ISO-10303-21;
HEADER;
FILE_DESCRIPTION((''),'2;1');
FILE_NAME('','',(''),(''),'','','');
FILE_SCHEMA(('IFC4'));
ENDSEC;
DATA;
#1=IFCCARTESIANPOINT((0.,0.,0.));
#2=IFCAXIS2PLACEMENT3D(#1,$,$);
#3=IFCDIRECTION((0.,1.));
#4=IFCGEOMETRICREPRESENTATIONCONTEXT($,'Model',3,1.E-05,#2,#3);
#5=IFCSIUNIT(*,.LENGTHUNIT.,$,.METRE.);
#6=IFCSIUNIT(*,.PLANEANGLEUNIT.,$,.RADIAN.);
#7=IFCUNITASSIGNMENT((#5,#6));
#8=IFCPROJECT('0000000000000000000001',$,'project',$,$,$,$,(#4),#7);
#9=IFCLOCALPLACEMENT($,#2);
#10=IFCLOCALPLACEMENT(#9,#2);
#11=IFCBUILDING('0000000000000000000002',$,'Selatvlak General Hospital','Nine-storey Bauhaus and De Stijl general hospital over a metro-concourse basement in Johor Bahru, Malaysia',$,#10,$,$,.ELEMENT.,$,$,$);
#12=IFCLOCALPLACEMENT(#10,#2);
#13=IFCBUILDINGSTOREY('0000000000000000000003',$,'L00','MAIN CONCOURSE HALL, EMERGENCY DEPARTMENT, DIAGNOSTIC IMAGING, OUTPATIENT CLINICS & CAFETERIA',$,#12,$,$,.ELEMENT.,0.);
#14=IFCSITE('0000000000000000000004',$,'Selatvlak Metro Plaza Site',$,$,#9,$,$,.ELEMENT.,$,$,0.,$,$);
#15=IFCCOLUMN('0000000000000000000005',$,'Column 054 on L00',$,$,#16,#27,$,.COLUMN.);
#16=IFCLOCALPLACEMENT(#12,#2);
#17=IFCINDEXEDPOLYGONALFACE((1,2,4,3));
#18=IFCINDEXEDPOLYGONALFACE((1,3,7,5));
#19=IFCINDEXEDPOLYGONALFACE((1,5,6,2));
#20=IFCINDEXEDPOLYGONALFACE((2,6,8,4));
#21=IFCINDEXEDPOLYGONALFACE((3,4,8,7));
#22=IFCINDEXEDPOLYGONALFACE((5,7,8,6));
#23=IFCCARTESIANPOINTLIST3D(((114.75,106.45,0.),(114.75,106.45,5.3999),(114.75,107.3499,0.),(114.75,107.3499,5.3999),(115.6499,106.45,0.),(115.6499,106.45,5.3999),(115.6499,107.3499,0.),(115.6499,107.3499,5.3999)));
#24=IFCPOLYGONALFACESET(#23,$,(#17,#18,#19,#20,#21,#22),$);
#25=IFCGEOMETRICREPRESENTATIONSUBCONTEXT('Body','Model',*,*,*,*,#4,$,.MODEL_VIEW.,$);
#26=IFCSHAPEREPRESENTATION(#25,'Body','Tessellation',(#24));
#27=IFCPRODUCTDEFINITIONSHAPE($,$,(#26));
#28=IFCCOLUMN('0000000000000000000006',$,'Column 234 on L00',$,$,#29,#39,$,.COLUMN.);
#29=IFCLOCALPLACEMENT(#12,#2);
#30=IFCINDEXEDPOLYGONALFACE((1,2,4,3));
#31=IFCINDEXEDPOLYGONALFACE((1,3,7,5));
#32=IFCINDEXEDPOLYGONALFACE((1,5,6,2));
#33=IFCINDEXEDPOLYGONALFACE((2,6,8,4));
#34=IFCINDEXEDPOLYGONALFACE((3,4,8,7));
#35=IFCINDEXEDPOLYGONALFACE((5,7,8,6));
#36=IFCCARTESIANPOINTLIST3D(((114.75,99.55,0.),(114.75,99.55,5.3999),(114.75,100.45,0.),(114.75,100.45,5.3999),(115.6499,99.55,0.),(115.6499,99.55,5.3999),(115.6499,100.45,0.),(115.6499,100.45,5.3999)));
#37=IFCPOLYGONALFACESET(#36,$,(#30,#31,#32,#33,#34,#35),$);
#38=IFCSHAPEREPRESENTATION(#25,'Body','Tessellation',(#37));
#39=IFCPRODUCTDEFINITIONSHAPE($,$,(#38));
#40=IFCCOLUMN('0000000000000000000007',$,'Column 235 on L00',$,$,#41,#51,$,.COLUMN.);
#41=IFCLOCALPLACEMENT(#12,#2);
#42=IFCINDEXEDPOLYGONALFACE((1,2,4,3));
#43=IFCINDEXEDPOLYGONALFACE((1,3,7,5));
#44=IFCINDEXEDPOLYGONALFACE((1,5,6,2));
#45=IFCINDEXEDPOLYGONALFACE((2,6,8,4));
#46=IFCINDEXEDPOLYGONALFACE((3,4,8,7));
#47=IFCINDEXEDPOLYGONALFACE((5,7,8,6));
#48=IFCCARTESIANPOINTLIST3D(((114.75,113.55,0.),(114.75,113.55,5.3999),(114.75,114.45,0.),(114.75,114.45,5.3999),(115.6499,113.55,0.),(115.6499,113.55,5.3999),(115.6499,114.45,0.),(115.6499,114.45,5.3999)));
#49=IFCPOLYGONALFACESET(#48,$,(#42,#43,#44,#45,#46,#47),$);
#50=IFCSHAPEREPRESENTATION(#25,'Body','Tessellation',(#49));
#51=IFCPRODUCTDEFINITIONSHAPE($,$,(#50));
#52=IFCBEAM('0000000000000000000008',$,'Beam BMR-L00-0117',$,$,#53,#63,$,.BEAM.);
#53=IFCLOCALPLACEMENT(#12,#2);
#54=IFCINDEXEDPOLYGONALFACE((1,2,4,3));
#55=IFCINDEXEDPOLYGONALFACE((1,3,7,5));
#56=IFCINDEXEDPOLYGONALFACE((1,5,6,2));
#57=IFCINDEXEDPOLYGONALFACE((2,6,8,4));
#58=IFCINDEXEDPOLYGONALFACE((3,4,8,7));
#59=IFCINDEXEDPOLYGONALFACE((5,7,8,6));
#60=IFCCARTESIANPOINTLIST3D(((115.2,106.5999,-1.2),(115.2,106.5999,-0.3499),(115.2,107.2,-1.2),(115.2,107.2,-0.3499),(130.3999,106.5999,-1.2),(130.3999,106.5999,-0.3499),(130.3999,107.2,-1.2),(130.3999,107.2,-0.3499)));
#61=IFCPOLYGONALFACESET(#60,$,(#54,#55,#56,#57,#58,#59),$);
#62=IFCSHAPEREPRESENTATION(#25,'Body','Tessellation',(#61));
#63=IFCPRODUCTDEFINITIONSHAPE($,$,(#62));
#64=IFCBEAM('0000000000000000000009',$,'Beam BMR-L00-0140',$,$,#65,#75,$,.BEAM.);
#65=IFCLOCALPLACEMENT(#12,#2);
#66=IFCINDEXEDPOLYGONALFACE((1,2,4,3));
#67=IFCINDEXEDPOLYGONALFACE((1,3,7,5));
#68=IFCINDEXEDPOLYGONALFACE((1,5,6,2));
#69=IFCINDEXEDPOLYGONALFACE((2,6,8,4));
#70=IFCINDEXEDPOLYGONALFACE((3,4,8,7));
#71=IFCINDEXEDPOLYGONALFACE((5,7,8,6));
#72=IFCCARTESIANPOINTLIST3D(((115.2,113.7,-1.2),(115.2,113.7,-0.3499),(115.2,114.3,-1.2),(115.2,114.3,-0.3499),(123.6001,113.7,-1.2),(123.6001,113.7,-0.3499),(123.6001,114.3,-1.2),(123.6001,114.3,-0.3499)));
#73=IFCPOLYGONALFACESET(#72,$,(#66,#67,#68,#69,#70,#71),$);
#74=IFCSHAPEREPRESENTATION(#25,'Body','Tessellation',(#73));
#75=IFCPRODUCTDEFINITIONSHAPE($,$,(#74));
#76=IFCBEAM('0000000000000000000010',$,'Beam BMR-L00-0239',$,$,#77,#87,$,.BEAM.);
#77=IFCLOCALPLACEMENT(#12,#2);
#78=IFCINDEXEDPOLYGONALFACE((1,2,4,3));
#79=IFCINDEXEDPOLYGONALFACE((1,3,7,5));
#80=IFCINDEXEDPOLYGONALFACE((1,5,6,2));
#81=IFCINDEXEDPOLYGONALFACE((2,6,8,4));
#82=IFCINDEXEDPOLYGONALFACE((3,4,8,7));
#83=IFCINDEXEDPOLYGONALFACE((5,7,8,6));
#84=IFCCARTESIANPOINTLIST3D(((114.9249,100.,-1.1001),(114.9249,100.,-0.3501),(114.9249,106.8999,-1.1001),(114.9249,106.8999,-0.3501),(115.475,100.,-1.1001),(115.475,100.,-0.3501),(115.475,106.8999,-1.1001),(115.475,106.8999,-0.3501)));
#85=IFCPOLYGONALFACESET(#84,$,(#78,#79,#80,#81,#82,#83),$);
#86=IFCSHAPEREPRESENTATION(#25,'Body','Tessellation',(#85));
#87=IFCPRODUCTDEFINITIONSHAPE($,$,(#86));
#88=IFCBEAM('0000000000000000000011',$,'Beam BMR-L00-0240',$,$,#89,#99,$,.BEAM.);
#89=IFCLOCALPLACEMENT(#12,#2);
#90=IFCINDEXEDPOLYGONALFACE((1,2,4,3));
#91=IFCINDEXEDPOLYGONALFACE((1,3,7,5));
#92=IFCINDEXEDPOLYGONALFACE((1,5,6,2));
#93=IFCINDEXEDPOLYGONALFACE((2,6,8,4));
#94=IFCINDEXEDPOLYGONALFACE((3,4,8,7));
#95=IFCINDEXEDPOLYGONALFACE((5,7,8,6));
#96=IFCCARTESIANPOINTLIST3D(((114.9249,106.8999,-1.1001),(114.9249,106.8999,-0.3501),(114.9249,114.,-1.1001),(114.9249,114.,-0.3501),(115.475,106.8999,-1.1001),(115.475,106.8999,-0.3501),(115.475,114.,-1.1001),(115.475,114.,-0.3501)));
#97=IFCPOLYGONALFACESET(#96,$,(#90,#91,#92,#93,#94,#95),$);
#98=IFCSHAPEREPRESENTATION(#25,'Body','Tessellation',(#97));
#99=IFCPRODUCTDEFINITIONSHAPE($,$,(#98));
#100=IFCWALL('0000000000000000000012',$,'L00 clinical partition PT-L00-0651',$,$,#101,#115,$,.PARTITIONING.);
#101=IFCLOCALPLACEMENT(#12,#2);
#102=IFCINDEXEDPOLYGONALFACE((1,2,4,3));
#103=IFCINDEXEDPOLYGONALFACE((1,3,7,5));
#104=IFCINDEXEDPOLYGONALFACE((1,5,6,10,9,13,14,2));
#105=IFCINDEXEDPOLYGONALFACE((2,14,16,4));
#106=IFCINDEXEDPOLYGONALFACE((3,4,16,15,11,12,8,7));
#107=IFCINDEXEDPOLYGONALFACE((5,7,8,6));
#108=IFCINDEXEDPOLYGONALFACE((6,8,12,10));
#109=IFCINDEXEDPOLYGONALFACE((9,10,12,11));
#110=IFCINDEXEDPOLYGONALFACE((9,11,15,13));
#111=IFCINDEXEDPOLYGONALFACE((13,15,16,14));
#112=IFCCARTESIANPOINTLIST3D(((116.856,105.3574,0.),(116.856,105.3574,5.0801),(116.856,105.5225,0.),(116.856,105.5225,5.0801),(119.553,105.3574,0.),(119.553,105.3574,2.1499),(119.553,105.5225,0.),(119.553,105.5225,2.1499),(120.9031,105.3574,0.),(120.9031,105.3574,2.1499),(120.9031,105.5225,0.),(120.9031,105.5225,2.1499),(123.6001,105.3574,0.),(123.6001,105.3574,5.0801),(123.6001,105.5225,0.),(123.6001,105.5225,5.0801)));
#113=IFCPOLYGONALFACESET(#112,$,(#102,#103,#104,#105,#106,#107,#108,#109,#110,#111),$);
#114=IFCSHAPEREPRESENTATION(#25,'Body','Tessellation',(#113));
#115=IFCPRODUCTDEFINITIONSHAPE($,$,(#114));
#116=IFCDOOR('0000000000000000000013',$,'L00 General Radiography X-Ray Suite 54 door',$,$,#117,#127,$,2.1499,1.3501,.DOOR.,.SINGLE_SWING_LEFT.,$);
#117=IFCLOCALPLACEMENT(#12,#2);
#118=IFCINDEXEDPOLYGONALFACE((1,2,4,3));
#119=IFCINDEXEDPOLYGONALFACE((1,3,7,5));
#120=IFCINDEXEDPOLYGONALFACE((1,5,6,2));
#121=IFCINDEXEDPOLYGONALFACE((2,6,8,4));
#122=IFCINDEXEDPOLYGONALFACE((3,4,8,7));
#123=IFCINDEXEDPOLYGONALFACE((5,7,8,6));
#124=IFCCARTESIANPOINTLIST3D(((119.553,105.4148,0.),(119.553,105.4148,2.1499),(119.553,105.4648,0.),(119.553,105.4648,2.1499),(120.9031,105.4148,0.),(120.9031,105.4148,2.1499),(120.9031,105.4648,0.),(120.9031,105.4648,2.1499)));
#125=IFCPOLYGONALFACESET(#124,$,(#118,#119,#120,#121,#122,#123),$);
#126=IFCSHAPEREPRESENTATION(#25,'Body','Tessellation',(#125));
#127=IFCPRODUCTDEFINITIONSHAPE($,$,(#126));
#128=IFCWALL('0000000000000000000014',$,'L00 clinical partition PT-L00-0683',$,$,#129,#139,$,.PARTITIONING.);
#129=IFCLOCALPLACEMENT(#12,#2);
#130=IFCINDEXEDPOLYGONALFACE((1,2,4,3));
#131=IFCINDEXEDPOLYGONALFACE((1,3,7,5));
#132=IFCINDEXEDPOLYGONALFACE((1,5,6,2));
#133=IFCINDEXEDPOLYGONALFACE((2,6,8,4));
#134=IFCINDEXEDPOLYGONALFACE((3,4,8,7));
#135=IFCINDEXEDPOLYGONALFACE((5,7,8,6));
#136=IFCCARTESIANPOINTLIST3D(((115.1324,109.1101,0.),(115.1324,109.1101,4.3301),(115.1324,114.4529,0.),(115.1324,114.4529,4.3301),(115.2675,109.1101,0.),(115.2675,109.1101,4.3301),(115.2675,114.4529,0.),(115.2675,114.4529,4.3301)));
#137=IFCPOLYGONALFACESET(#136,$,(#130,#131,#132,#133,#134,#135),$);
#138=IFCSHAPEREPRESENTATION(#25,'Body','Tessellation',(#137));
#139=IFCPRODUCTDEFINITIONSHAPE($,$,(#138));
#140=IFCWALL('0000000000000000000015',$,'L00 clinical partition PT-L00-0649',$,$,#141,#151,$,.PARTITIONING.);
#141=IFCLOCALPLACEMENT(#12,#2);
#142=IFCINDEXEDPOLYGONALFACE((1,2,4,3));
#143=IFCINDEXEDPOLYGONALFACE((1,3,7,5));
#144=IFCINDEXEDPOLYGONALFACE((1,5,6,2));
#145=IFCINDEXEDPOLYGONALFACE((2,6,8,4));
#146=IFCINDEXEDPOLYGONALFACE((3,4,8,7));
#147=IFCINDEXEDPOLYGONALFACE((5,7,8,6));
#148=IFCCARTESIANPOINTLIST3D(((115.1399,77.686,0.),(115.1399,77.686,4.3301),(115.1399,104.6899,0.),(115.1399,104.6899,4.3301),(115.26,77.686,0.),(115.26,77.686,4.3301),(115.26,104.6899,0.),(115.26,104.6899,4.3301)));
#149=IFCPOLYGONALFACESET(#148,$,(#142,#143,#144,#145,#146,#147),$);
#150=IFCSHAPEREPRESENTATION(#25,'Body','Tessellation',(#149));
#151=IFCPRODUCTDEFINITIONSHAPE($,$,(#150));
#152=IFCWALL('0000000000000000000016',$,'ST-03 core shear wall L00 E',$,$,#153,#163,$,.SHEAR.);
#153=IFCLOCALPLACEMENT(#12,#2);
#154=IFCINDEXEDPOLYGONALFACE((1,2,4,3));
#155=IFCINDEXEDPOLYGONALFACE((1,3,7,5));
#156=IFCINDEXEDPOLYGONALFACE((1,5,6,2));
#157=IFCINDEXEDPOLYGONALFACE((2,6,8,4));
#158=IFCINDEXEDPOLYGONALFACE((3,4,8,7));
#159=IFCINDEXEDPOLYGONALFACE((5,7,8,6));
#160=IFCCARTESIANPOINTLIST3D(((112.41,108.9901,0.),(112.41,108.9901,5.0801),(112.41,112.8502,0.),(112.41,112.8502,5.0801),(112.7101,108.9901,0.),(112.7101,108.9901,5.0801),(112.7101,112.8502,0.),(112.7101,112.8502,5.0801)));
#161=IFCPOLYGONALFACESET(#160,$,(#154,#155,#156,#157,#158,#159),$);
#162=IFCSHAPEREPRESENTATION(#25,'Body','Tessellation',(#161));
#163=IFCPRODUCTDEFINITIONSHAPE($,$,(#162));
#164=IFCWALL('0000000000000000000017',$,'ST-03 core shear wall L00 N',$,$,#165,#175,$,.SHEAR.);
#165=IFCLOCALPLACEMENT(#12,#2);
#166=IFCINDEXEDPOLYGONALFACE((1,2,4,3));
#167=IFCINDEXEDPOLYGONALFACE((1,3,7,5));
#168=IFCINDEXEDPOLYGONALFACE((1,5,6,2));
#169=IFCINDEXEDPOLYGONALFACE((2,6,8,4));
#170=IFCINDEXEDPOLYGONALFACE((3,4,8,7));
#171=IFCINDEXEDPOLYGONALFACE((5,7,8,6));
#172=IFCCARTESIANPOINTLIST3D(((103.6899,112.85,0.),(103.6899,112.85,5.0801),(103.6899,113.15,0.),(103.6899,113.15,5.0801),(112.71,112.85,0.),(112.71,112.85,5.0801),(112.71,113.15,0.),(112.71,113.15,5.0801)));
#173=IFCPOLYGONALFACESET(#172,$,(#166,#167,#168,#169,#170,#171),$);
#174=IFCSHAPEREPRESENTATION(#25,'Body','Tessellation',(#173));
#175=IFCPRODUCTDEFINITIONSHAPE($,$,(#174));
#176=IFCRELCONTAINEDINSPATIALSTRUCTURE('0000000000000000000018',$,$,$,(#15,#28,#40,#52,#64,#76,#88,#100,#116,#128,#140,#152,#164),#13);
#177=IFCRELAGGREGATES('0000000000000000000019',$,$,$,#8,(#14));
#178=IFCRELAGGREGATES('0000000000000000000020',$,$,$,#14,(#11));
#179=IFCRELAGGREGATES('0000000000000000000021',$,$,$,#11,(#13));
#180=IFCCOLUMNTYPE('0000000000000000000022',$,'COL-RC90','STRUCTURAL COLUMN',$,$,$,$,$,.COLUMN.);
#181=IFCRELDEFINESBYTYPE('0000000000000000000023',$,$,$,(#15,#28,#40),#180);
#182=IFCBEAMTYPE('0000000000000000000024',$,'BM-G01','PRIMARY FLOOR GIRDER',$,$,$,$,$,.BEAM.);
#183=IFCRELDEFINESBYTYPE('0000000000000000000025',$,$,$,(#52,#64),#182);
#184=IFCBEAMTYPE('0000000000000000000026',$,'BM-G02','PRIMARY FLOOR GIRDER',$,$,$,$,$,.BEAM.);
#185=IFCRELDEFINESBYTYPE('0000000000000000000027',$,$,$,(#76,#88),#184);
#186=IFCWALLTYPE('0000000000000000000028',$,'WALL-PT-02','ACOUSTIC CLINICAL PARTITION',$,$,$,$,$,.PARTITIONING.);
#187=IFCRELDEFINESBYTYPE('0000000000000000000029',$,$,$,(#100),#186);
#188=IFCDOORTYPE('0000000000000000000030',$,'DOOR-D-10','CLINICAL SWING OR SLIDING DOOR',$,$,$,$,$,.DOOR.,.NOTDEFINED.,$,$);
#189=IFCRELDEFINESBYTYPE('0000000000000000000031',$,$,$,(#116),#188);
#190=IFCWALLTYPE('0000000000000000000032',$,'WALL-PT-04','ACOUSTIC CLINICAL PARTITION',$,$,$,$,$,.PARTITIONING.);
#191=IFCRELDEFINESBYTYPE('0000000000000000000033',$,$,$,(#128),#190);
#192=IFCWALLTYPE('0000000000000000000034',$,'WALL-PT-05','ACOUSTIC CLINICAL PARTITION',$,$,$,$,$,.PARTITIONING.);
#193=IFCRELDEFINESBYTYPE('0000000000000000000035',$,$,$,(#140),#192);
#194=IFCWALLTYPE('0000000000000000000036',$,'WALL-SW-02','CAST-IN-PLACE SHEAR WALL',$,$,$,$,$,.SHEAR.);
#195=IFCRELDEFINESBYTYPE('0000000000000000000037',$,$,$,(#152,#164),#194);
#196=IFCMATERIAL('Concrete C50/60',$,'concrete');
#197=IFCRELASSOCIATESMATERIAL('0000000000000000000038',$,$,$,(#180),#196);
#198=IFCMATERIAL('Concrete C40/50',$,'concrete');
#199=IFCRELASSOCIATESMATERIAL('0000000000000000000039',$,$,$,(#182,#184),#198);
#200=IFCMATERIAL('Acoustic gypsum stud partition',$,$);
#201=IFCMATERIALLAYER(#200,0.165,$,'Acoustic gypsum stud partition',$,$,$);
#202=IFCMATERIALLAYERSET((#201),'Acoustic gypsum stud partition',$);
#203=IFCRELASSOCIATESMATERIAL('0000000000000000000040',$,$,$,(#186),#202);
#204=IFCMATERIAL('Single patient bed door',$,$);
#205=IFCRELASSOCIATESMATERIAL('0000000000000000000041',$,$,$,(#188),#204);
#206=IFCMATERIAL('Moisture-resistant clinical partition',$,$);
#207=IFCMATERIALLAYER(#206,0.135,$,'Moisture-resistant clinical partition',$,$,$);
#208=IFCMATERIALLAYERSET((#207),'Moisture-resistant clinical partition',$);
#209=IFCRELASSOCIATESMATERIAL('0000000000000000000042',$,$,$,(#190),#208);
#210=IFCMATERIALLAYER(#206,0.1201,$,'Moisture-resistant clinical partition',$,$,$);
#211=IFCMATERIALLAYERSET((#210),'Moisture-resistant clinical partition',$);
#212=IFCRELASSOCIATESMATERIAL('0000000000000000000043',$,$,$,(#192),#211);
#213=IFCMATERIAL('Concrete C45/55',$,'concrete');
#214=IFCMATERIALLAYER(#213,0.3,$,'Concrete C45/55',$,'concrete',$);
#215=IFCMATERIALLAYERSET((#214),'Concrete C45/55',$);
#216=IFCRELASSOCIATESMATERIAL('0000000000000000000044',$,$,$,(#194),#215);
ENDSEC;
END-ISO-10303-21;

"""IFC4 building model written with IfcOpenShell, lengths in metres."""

from ifc_helpers import new_model, si_unit, direction, frame, frame_2d, origin, origin_2d, place, context, subcontext, project, spatial, rectangle, extrude, material, layer, layer_set, material_profile, profile_set, type_object, element, fill, save


model = new_model("IFC4")

# Units and contexts
model_context = context("Model", 3, precision=1e-05, world=origin(), true_north=direction((0.0, 1.0)))
body_context = subcontext(model_context, "Body", "Model", "MODEL_VIEW")
ifc_project = project(units=[si_unit("LENGTHUNIT", "METRE"), si_unit("PLANEANGLEUNIT", "RADIAN")], contexts=[model_context])

# Site, building, storey
site_placement = place(None, origin())
site = spatial("IfcSite", under=ifc_project, at=site_placement, Name="Selatvlak Metro Plaza Site", CompositionType="ELEMENT", RefElevation=0.0)
building_placement = place(site_placement, origin())
building = spatial("IfcBuilding", under=site, at=building_placement, Name="Selatvlak General Hospital", Description="Nine-storey Bauhaus and De Stijl general hospital over a metro-concourse basement in Johor Bahru, Malaysia", CompositionType="ELEMENT")
storey_placement = place(building_placement, origin())
storey = spatial("IfcBuildingStorey", under=building, at=storey_placement, Name="L00", Description="MAIN CONCOURSE HALL, EMERGENCY DEPARTMENT, DIAGNOSTIC IMAGING, OUTPATIENT CLINICS & CAFETERIA", CompositionType="ELEMENT", Elevation=0.0)

# Columns
ifc_material_1 = material(Name="Concrete C50/60", Category="concrete")
ifc_material_profile_1 = material_profile(ifc_material_1, rectangle(XDim=0.8999, YDim=0.8999, at=origin_2d()), Name="RC-COL 900x900")
ifc_profile_set_1 = profile_set([ifc_material_profile_1], Name="Concrete C50/60")
column_type = type_object("IfcColumnType", Name="COL-RC90", Description="STRUCTURAL COLUMN", PredefinedType="COLUMN", material=ifc_profile_set_1)
for number, where, z_axis, x_axis, name in (
    (1, (115.2, 106.8999, 0.0), (0.0, 0.0, 1.0), (1.0, 0.0, 0.0), "Column 054 on L00"),
    (2, (115.2, 100.0, 0.0), (0.0, 0.0, 1.0), (1.0, 0.0, 0.0), "Column 234 on L00"),
    (3, (115.2, 114.0, 0.0), (0.0, 0.0, 1.0), (1.0, 0.0, 0.0), "Column 235 on L00"),
):
    element("IfcColumn", number, at=place(storey_placement, frame(where, z_axis=z_axis, x_axis=x_axis)), inside=storey, type_object=column_type, Name=name, PredefinedType="COLUMN", context=body_context, shape_type="SweptSolid", body=[
        extrude(rectangle(XDim=0.8999, YDim=0.8999, at=origin_2d()), origin(), (0.0, 0.0, 1.0), 5.3999),
    ])

# Beams
ifc_material_2 = material(Name="Concrete C40/50", Category="concrete")
ifc_material_profile_2 = material_profile(ifc_material_2, rectangle(XDim=0.6001, YDim=0.8501, at=origin_2d()), Name="RC-BM 600x850")
ifc_profile_set_2 = profile_set([ifc_material_profile_2], Name="Concrete C40/50")
beam_type_1 = type_object("IfcBeamType", Name="BM-G01", Description="PRIMARY FLOOR GIRDER", PredefinedType="BEAM", material=ifc_profile_set_2)
beam_1_placement = place(storey_placement, frame((115.2, 106.8999, -0.7749), z_axis=(1.0, 0.0, 0.0), x_axis=(0.0, 1.0, 0.0)))
element("IfcBeam", 4, at=beam_1_placement, inside=storey, type_object=beam_type_1, Name="Beam BMR-L00-0117", PredefinedType="BEAM", context=body_context, shape_type="SweptSolid", body=[
    extrude(rectangle(XDim=0.6001, YDim=0.8501, at=origin_2d()), origin(), (0.0, 0.0, 1.0), 15.2),
])
beam_2_placement = place(storey_placement, frame((115.2, 114.0, -0.7749), z_axis=(1.0, 0.0, 0.0), x_axis=(0.0, 1.0, 0.0)))
element("IfcBeam", 5, at=beam_2_placement, inside=storey, type_object=beam_type_1, Name="Beam BMR-L00-0140", PredefinedType="BEAM", context=body_context, shape_type="SweptSolid", body=[
    extrude(rectangle(XDim=0.6001, YDim=0.8501, at=origin_2d()), origin(), (0.0, 0.0, 1.0), 8.4001),
])
ifc_material_profile_3 = material_profile(ifc_material_2, rectangle(XDim=0.55, YDim=0.75, at=origin_2d()), Name="RC-BM 550x750")
ifc_profile_set_3 = profile_set([ifc_material_profile_3], Name="Concrete C40/50")
beam_type_2 = type_object("IfcBeamType", Name="BM-G02", Description="PRIMARY FLOOR GIRDER", PredefinedType="BEAM", material=ifc_profile_set_3)
beam_3_placement = place(storey_placement, frame((115.2, 100.0, -0.7251), z_axis=(0.0, 1.0, 0.0), x_axis=(-1.0, 0.0, 0.0)))
element("IfcBeam", 6, at=beam_3_placement, inside=storey, type_object=beam_type_2, Name="Beam BMR-L00-0239", PredefinedType="BEAM", context=body_context, shape_type="SweptSolid", body=[
    extrude(rectangle(XDim=0.55, YDim=0.75, at=origin_2d()), origin(), (0.0, 0.0, 1.0), 6.8999),
])
beam_4_placement = place(storey_placement, frame((115.2, 106.8999, -0.7251), z_axis=(0.0, 1.0, 0.0), x_axis=(-1.0, 0.0, 0.0)))
element("IfcBeam", 7, at=beam_4_placement, inside=storey, type_object=beam_type_2, Name="Beam BMR-L00-0240", PredefinedType="BEAM", context=body_context, shape_type="SweptSolid", body=[
    extrude(rectangle(XDim=0.55, YDim=0.75, at=origin_2d()), origin(), (0.0, 0.0, 1.0), 7.1001),
])

# Wall, opening, door
ifc_material_3 = material(Name="Acoustic gypsum stud partition")
ifc_layer_1 = layer(ifc_material_3, 0.165, Name="Acoustic gypsum stud partition")
ifc_layer_set_1 = layer_set([ifc_layer_1], Name="Acoustic gypsum stud partition")
wall_type_1 = type_object("IfcWallType", Name="WALL-PT-02", Description="ACOUSTIC CLINICAL PARTITION", PredefinedType="PARTITIONING", material=ifc_layer_set_1)
wall_1_placement = place(storey_placement, frame((116.856, 105.4399, 0.0), z_axis=(0.0, 0.0, 1.0), x_axis=(1.0, 0.0, 0.0)))
wall_1 = element("IfcWall", 8, at=wall_1_placement, inside=storey, type_object=wall_type_1, Name="L00 clinical partition PT-L00-0651", PredefinedType="PARTITIONING", context=body_context, shape_type="SweptSolid", body=[
    extrude(rectangle(XDim=6.7441, YDim=0.165, at=frame_2d((3.3721, 0.0))), origin(), (0.0, 0.0, 1.0), 5.0801),
])
opening_1_placement = place(wall_1_placement, frame((2.697, 0.0, 0.0)))
opening_1 = element("IfcOpeningElement", 9, at=opening_1_placement, cuts=wall_1, PredefinedType="OPENING", context=body_context, shape_type="SweptSolid", body=[
    extrude(rectangle(XDim=1.3501, YDim=2.1499, at=frame_2d((0.675, 1.075))), frame((0.0, 0.0925, 0.0), z_axis=(0.0, -1.0, 0.0), x_axis=(1.0, 0.0, 0.0)), (0.0, 0.0, 1.0), 0.1851),
])
ifc_material_4 = material(Name="Single patient bed door")
door_type_1 = type_object("IfcDoorType", Name="DOOR-D-10", Description="CLINICAL SWING OR SLIDING DOOR", OperationType="NOTDEFINED", PredefinedType="DOOR", material=ifc_material_4)
door_1_placement = place(opening_1_placement, origin())
door_1 = element("IfcDoor", 10, at=door_1_placement, inside=storey, type_object=door_type_1, Name="L00 General Radiography X-Ray Suite 54 door", OperationType="SINGLE_SWING_LEFT", OverallHeight=2.1499, OverallWidth=1.3501, PredefinedType="DOOR", context=body_context, shape_type="SweptSolid", body=[
    extrude(rectangle(XDim=1.3501, YDim=2.1499, at=frame_2d((0.675, 1.075))), frame((0.0, 0.0249, 0.0), z_axis=(0.0, -1.0, 0.0), x_axis=(1.0, 0.0, 0.0)), (0.0, 0.0, 1.0), 0.05),
])
fill(opening_1, door_1)

# Walls
ifc_material_5 = material(Name="Moisture-resistant clinical partition")
ifc_layer_2 = layer(ifc_material_5, 0.135, Name="Moisture-resistant clinical partition")
ifc_layer_set_2 = layer_set([ifc_layer_2], Name="Moisture-resistant clinical partition")
wall_type_2 = type_object("IfcWallType", Name="WALL-PT-04", Description="ACOUSTIC CLINICAL PARTITION", PredefinedType="PARTITIONING", material=ifc_layer_set_2)
wall_2_placement = place(storey_placement, frame((115.2, 114.4529, 0.0), z_axis=(0.0, 0.0, 1.0), x_axis=(0.0, -1.0, 0.0)))
element("IfcWall", 11, at=wall_2_placement, inside=storey, type_object=wall_type_2, Name="L00 clinical partition PT-L00-0683", PredefinedType="PARTITIONING", context=body_context, shape_type="SweptSolid", body=[
    extrude(rectangle(XDim=5.3428, YDim=0.135, at=frame_2d((2.6714, 0.0))), origin(), (0.0, 0.0, 1.0), 4.3301),
])
ifc_layer_3 = layer(ifc_material_5, 0.1201, Name="Moisture-resistant clinical partition")
ifc_layer_set_3 = layer_set([ifc_layer_3], Name="Moisture-resistant clinical partition")
wall_type_3 = type_object("IfcWallType", Name="WALL-PT-05", Description="ACOUSTIC CLINICAL PARTITION", PredefinedType="PARTITIONING", material=ifc_layer_set_3)
wall_3_placement = place(storey_placement, frame((115.2, 104.6899, 0.0), z_axis=(0.0, 0.0, 1.0), x_axis=(0.0, -1.0, 0.0)))
element("IfcWall", 12, at=wall_3_placement, inside=storey, type_object=wall_type_3, Name="L00 clinical partition PT-L00-0649", PredefinedType="PARTITIONING", context=body_context, shape_type="SweptSolid", body=[
    extrude(rectangle(XDim=27.0039, YDim=0.1201, at=frame_2d((13.502, 0.0))), origin(), (0.0, 0.0, 1.0), 4.3301),
])
ifc_material_6 = material(Name="Concrete C45/55", Category="concrete")
ifc_layer_4 = layer(ifc_material_6, 0.3, Name="Concrete C45/55", Category="concrete")
ifc_layer_set_4 = layer_set([ifc_layer_4], Name="Concrete C45/55")
wall_type_4 = type_object("IfcWallType", Name="WALL-SW-02", Description="CAST-IN-PLACE SHEAR WALL", PredefinedType="SHEAR", material=ifc_layer_set_4)
wall_4_placement = place(storey_placement, frame((112.5601, 108.99, 0.0), z_axis=(0.0, 0.0, 1.0), x_axis=(0.0, 1.0, 0.0)))
element("IfcWall", 13, at=wall_4_placement, inside=storey, type_object=wall_type_4, Name="ST-03 core shear wall L00 E", PredefinedType="SHEAR", context=body_context, shape_type="SweptSolid", body=[
    extrude(rectangle(XDim=3.8601, YDim=0.3, at=frame_2d((1.9302, 0.0))), origin(), (0.0, 0.0, 1.0), 5.0801),
])
wall_5_placement = place(storey_placement, frame((112.71, 113.0, 0.0), z_axis=(0.0, 0.0, 1.0), x_axis=(-1.0, 0.0, 0.0)))
element("IfcWall", 14, at=wall_5_placement, inside=storey, type_object=wall_type_4, Name="ST-03 core shear wall L00 N", PredefinedType="SHEAR", context=body_context, shape_type="SweptSolid", body=[
    extrude(rectangle(XDim=9.02, YDim=0.3, at=frame_2d((4.51, 0.0))), origin(), (0.0, 0.0, 1.0), 5.0801),
])

save(model, "model.ifc")
